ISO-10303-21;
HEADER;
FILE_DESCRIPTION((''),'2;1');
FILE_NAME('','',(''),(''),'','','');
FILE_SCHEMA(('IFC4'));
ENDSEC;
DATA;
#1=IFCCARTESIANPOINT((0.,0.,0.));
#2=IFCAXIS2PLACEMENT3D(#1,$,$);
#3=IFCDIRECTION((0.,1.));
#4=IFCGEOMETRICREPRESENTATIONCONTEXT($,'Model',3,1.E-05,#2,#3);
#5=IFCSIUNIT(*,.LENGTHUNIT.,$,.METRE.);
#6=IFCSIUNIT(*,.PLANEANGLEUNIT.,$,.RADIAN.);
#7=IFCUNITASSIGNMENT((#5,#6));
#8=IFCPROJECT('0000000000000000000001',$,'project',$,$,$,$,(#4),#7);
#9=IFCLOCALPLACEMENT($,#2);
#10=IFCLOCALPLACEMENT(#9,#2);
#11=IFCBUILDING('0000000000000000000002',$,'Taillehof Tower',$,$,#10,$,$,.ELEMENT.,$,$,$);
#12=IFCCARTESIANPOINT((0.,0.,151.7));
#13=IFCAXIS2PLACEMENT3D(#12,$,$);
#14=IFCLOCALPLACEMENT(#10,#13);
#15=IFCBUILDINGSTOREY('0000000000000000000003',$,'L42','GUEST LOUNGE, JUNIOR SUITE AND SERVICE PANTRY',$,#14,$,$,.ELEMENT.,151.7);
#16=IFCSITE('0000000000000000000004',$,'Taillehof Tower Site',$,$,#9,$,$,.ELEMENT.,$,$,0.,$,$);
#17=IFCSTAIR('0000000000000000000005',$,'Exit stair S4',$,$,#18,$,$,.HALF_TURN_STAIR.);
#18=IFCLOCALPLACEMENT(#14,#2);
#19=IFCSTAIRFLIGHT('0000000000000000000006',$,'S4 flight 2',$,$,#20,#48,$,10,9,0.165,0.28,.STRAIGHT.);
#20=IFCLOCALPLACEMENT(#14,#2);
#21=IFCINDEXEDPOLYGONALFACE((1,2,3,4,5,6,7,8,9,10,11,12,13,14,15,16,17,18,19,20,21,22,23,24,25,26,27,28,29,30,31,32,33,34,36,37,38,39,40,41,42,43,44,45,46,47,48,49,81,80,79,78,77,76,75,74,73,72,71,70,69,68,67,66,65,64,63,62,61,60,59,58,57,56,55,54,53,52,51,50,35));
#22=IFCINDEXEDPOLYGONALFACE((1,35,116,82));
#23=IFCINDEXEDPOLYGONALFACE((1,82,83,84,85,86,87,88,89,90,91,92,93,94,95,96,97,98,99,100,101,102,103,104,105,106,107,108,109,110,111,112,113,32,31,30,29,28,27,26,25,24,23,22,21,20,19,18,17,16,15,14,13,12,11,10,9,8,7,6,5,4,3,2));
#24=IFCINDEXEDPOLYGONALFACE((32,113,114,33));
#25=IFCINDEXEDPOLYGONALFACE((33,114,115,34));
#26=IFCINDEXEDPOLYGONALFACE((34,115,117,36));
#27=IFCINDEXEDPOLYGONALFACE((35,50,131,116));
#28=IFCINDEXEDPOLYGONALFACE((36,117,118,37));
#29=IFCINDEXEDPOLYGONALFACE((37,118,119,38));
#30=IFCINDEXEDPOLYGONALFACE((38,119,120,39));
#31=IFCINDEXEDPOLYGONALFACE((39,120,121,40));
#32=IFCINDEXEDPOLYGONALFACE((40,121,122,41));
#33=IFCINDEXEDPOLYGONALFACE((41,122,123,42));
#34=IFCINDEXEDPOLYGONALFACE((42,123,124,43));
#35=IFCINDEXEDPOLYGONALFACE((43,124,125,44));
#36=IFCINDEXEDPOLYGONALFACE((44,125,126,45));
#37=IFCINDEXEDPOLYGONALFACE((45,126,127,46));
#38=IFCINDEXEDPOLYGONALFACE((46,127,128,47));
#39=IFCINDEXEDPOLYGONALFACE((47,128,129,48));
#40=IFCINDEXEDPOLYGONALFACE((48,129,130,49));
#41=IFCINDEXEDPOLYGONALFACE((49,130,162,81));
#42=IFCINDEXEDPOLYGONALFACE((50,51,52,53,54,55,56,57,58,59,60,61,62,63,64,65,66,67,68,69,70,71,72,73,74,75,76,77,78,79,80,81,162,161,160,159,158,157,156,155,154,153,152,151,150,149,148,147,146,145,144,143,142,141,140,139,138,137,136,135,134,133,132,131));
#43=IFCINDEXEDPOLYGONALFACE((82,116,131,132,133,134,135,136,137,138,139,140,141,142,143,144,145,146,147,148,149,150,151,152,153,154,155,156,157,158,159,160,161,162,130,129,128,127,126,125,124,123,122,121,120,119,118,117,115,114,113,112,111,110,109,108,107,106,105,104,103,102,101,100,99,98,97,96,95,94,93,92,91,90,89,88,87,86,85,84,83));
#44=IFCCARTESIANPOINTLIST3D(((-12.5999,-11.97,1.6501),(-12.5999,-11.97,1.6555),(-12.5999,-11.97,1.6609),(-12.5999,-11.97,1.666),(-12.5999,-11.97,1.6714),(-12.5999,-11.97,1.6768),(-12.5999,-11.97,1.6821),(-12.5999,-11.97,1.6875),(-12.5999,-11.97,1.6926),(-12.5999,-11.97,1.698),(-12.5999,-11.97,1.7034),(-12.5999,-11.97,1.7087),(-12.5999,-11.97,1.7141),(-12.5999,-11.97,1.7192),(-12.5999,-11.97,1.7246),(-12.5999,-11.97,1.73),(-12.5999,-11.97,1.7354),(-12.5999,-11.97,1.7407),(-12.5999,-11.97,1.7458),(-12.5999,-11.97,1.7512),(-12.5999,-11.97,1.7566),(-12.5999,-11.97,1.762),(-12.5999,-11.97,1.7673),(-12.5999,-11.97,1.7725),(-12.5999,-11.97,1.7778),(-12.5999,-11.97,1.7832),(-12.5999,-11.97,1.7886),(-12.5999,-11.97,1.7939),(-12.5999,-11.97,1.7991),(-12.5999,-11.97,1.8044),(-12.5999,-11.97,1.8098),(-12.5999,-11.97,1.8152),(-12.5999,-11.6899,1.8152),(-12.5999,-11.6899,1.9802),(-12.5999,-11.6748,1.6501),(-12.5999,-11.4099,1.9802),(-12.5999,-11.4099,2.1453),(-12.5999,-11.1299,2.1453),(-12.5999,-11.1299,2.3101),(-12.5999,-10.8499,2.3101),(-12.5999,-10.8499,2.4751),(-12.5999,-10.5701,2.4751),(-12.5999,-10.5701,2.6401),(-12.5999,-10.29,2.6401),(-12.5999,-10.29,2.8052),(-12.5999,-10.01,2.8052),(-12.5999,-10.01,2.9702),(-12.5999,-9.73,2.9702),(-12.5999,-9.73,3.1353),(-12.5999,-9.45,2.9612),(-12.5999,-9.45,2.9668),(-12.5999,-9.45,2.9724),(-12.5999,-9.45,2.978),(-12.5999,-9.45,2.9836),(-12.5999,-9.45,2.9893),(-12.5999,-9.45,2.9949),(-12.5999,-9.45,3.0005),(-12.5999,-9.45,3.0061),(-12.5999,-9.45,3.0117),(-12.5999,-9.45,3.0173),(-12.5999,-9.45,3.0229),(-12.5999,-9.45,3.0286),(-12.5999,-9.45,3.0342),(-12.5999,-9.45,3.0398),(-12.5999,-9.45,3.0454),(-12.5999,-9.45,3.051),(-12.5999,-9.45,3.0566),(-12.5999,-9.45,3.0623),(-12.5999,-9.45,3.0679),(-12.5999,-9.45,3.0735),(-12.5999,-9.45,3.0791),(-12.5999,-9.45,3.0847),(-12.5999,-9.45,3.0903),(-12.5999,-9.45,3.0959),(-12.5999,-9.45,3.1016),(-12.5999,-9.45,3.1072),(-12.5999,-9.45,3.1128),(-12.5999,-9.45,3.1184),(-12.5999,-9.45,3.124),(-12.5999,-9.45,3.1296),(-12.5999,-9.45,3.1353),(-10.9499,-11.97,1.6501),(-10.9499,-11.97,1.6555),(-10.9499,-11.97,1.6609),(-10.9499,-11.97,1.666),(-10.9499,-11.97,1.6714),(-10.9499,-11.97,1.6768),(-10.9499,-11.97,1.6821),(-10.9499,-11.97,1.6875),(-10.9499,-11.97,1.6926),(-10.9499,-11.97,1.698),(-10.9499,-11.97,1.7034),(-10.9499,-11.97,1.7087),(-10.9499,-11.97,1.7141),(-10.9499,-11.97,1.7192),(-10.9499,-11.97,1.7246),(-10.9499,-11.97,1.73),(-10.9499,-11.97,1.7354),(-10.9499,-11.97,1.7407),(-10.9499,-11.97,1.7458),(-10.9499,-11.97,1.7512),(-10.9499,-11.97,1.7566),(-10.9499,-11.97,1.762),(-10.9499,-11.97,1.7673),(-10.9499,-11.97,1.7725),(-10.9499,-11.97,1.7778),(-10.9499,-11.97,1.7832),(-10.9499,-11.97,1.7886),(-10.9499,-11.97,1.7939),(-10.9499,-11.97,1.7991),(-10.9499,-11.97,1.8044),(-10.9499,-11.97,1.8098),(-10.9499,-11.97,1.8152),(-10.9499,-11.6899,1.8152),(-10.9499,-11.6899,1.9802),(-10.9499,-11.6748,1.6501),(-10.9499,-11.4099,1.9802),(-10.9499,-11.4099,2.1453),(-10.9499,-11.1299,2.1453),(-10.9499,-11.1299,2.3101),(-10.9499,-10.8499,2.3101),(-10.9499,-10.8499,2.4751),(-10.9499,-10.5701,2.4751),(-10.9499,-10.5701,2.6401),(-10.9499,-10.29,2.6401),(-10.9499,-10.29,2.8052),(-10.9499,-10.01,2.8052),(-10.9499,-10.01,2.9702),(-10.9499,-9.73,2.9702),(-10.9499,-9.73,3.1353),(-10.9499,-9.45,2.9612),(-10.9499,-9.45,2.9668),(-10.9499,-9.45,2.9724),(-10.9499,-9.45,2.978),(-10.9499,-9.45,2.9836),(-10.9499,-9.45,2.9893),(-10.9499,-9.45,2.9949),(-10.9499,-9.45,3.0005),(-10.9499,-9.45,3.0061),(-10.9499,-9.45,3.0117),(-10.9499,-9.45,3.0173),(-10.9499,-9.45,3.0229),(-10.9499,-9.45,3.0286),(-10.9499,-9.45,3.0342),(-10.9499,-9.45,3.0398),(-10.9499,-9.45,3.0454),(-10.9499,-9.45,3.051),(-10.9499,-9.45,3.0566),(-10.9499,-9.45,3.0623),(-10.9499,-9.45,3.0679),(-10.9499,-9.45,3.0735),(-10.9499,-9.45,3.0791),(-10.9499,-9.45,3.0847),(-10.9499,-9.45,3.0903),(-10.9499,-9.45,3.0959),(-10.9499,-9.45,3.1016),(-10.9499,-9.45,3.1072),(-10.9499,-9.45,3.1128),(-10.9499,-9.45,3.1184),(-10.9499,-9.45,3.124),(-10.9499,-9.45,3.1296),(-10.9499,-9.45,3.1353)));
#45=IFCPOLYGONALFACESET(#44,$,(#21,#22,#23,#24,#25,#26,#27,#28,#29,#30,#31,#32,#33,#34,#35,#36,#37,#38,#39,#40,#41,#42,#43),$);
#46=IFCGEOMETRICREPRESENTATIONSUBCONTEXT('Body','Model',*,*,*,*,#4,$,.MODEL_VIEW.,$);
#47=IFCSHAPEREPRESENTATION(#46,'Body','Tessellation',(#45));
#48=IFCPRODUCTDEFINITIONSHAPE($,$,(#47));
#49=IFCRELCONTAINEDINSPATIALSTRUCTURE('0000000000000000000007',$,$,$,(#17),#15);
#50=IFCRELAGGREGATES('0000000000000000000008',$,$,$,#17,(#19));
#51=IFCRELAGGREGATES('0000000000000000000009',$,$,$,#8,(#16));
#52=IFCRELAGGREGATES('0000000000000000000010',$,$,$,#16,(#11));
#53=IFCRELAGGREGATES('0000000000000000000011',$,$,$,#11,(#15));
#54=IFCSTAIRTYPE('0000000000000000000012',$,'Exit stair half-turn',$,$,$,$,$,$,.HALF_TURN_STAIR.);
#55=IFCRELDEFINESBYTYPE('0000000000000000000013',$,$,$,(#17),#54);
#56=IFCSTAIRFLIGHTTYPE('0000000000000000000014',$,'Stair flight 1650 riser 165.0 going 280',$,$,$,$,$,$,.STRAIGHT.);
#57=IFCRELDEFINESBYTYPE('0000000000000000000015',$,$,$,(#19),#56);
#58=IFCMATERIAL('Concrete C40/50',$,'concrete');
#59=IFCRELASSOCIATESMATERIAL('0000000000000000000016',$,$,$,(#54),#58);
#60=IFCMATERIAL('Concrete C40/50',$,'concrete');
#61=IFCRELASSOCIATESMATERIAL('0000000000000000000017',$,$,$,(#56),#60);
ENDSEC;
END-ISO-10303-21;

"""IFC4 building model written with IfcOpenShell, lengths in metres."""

from ifc_helpers import new_model, si_unit, direction, frame, origin, place, context, subcontext, project, spatial, polyline, outline, extrude, material, type_object, element, aggregate, save


model = new_model("IFC4")

# Units and contexts
model_context = context("Model", 3, precision=1e-05, world=origin(), true_north=direction((0.0, 1.0)))
body_context = subcontext(model_context, "Body", "Model", "MODEL_VIEW")
ifc_project = project(units=[si_unit("LENGTHUNIT", "METRE"), si_unit("PLANEANGLEUNIT", "RADIAN")], contexts=[model_context])

# Site, building, storey
site_placement = place(None, origin())
site = spatial("IfcSite", under=ifc_project, at=site_placement, Name="Taillehof Tower Site", CompositionType="ELEMENT", RefElevation=0.0)
building_placement = place(site_placement, origin())
building = spatial("IfcBuilding", under=site, at=building_placement, Name="Taillehof Tower", CompositionType="ELEMENT")
storey_placement = place(building_placement, frame((0.0, 0.0, 151.7)))
storey = spatial("IfcBuildingStorey", under=building, at=storey_placement, Name="L42", Description="GUEST LOUNGE, JUNIOR SUITE AND SERVICE PANTRY", CompositionType="ELEMENT", Elevation=151.7)

# Stair, stair flight
ifc_material_1 = material(Name="Concrete C40/50", Category="concrete")
stair_type = type_object("IfcStairType", Name="Exit stair half-turn", PredefinedType="HALF_TURN_STAIR", material=ifc_material_1)
stair_placement = place(storey_placement, origin())
stair = element("IfcStair", 1, at=stair_placement, inside=storey, type_object=stair_type, Name="Exit stair S4", PredefinedType="HALF_TURN_STAIR")
ifc_material_2 = material(Name="Concrete C40/50", Category="concrete")
stair_flight_type = type_object("IfcStairFlightType", Name="Stair flight 1650 riser 165.0 going 280", PredefinedType="STRAIGHT", material=ifc_material_2)
stair_flight_placement = place(storey_placement, frame((-11.7749, -11.97, 1.6501), z_axis=(0.0, 0.0, 1.0), x_axis=(0.0, 1.0, 0.0)))
stair_flight = element("IfcStairFlight", 2, at=stair_flight_placement, type_object=stair_flight_type, Name="S4 flight 2", NumberOfRisers=10, NumberOfTreads=9, PredefinedType="STRAIGHT", RiserHeight=0.165, TreadLength=0.28, context=body_context, shape_type="SweptSolid", body=[
    extrude(outline(polyline([(0.0, 0.0), (0.0, 0.0054), (0.0, 0.0107), (0.0, 0.0159), (0.0, 0.0212), (0.0, 0.0266), (0.0, 0.032), (0.0, 0.0374), (0.0, 0.0425), (0.0, 0.0479), (0.0, 0.0532), (0.0, 0.0586), (0.0, 0.064), (0.0, 0.0691), (0.0, 0.0745), (0.0, 0.0798), (0.0, 0.0852), (0.0, 0.0906), (0.0, 0.0957), (0.0, 0.1011), (0.0, 0.1064), (0.0, 0.1118), (0.0, 0.1172), (0.0, 0.1223), (0.0, 0.1277), (0.0, 0.1331), (0.0, 0.1384), (0.0, 0.1438), (0.0, 0.1489), (0.0, 0.1543), (0.0, 0.1597), (0.0, 0.165), (0.28, 0.165), (0.28, 0.3301), (0.5601, 0.3301), (0.5601, 0.4951), (0.8401, 0.4951), (0.8401, 0.6599), (1.1201, 0.6599), (1.1201, 0.825), (1.3999, 0.825), (1.3999, 0.99), (1.6799, 0.99), (1.6799, 1.155), (1.96, 1.155), (1.96, 1.3201), (2.24, 1.3201), (2.24, 1.4851), (2.52, 1.4851), (2.52, 1.4795), (2.52, 1.4739), (2.52, 1.4683), (2.52, 1.4626), (2.52, 1.457), (2.52, 1.4514), (2.52, 1.4458), (2.52, 1.4402), (2.52, 1.4346), (2.52, 1.429), (2.52, 1.4233), (2.52, 1.4177), (2.52, 1.4121), (2.52, 1.4065), (2.52, 1.4009), (2.52, 1.3953), (2.52, 1.3896), (2.52, 1.384), (2.52, 1.3784), (2.52, 1.3728), (2.52, 1.3672), (2.52, 1.3616), (2.52, 1.356), (2.52, 1.3503), (2.52, 1.3447), (2.52, 1.3391), (2.52, 1.3335), (2.52, 1.3279), (2.52, 1.3223), (2.52, 1.3167), (2.52, 1.311), (0.2952, 0.0), (0.0, 0.0)])), frame((0.0, 0.825, 0.0), z_axis=(0.0, -1.0, 0.0), x_axis=(1.0, 0.0, 0.0)), (0.0, 0.0, 1.0), 1.65),
])
aggregate(stair, [stair_flight])

save(model, "model.ifc")
